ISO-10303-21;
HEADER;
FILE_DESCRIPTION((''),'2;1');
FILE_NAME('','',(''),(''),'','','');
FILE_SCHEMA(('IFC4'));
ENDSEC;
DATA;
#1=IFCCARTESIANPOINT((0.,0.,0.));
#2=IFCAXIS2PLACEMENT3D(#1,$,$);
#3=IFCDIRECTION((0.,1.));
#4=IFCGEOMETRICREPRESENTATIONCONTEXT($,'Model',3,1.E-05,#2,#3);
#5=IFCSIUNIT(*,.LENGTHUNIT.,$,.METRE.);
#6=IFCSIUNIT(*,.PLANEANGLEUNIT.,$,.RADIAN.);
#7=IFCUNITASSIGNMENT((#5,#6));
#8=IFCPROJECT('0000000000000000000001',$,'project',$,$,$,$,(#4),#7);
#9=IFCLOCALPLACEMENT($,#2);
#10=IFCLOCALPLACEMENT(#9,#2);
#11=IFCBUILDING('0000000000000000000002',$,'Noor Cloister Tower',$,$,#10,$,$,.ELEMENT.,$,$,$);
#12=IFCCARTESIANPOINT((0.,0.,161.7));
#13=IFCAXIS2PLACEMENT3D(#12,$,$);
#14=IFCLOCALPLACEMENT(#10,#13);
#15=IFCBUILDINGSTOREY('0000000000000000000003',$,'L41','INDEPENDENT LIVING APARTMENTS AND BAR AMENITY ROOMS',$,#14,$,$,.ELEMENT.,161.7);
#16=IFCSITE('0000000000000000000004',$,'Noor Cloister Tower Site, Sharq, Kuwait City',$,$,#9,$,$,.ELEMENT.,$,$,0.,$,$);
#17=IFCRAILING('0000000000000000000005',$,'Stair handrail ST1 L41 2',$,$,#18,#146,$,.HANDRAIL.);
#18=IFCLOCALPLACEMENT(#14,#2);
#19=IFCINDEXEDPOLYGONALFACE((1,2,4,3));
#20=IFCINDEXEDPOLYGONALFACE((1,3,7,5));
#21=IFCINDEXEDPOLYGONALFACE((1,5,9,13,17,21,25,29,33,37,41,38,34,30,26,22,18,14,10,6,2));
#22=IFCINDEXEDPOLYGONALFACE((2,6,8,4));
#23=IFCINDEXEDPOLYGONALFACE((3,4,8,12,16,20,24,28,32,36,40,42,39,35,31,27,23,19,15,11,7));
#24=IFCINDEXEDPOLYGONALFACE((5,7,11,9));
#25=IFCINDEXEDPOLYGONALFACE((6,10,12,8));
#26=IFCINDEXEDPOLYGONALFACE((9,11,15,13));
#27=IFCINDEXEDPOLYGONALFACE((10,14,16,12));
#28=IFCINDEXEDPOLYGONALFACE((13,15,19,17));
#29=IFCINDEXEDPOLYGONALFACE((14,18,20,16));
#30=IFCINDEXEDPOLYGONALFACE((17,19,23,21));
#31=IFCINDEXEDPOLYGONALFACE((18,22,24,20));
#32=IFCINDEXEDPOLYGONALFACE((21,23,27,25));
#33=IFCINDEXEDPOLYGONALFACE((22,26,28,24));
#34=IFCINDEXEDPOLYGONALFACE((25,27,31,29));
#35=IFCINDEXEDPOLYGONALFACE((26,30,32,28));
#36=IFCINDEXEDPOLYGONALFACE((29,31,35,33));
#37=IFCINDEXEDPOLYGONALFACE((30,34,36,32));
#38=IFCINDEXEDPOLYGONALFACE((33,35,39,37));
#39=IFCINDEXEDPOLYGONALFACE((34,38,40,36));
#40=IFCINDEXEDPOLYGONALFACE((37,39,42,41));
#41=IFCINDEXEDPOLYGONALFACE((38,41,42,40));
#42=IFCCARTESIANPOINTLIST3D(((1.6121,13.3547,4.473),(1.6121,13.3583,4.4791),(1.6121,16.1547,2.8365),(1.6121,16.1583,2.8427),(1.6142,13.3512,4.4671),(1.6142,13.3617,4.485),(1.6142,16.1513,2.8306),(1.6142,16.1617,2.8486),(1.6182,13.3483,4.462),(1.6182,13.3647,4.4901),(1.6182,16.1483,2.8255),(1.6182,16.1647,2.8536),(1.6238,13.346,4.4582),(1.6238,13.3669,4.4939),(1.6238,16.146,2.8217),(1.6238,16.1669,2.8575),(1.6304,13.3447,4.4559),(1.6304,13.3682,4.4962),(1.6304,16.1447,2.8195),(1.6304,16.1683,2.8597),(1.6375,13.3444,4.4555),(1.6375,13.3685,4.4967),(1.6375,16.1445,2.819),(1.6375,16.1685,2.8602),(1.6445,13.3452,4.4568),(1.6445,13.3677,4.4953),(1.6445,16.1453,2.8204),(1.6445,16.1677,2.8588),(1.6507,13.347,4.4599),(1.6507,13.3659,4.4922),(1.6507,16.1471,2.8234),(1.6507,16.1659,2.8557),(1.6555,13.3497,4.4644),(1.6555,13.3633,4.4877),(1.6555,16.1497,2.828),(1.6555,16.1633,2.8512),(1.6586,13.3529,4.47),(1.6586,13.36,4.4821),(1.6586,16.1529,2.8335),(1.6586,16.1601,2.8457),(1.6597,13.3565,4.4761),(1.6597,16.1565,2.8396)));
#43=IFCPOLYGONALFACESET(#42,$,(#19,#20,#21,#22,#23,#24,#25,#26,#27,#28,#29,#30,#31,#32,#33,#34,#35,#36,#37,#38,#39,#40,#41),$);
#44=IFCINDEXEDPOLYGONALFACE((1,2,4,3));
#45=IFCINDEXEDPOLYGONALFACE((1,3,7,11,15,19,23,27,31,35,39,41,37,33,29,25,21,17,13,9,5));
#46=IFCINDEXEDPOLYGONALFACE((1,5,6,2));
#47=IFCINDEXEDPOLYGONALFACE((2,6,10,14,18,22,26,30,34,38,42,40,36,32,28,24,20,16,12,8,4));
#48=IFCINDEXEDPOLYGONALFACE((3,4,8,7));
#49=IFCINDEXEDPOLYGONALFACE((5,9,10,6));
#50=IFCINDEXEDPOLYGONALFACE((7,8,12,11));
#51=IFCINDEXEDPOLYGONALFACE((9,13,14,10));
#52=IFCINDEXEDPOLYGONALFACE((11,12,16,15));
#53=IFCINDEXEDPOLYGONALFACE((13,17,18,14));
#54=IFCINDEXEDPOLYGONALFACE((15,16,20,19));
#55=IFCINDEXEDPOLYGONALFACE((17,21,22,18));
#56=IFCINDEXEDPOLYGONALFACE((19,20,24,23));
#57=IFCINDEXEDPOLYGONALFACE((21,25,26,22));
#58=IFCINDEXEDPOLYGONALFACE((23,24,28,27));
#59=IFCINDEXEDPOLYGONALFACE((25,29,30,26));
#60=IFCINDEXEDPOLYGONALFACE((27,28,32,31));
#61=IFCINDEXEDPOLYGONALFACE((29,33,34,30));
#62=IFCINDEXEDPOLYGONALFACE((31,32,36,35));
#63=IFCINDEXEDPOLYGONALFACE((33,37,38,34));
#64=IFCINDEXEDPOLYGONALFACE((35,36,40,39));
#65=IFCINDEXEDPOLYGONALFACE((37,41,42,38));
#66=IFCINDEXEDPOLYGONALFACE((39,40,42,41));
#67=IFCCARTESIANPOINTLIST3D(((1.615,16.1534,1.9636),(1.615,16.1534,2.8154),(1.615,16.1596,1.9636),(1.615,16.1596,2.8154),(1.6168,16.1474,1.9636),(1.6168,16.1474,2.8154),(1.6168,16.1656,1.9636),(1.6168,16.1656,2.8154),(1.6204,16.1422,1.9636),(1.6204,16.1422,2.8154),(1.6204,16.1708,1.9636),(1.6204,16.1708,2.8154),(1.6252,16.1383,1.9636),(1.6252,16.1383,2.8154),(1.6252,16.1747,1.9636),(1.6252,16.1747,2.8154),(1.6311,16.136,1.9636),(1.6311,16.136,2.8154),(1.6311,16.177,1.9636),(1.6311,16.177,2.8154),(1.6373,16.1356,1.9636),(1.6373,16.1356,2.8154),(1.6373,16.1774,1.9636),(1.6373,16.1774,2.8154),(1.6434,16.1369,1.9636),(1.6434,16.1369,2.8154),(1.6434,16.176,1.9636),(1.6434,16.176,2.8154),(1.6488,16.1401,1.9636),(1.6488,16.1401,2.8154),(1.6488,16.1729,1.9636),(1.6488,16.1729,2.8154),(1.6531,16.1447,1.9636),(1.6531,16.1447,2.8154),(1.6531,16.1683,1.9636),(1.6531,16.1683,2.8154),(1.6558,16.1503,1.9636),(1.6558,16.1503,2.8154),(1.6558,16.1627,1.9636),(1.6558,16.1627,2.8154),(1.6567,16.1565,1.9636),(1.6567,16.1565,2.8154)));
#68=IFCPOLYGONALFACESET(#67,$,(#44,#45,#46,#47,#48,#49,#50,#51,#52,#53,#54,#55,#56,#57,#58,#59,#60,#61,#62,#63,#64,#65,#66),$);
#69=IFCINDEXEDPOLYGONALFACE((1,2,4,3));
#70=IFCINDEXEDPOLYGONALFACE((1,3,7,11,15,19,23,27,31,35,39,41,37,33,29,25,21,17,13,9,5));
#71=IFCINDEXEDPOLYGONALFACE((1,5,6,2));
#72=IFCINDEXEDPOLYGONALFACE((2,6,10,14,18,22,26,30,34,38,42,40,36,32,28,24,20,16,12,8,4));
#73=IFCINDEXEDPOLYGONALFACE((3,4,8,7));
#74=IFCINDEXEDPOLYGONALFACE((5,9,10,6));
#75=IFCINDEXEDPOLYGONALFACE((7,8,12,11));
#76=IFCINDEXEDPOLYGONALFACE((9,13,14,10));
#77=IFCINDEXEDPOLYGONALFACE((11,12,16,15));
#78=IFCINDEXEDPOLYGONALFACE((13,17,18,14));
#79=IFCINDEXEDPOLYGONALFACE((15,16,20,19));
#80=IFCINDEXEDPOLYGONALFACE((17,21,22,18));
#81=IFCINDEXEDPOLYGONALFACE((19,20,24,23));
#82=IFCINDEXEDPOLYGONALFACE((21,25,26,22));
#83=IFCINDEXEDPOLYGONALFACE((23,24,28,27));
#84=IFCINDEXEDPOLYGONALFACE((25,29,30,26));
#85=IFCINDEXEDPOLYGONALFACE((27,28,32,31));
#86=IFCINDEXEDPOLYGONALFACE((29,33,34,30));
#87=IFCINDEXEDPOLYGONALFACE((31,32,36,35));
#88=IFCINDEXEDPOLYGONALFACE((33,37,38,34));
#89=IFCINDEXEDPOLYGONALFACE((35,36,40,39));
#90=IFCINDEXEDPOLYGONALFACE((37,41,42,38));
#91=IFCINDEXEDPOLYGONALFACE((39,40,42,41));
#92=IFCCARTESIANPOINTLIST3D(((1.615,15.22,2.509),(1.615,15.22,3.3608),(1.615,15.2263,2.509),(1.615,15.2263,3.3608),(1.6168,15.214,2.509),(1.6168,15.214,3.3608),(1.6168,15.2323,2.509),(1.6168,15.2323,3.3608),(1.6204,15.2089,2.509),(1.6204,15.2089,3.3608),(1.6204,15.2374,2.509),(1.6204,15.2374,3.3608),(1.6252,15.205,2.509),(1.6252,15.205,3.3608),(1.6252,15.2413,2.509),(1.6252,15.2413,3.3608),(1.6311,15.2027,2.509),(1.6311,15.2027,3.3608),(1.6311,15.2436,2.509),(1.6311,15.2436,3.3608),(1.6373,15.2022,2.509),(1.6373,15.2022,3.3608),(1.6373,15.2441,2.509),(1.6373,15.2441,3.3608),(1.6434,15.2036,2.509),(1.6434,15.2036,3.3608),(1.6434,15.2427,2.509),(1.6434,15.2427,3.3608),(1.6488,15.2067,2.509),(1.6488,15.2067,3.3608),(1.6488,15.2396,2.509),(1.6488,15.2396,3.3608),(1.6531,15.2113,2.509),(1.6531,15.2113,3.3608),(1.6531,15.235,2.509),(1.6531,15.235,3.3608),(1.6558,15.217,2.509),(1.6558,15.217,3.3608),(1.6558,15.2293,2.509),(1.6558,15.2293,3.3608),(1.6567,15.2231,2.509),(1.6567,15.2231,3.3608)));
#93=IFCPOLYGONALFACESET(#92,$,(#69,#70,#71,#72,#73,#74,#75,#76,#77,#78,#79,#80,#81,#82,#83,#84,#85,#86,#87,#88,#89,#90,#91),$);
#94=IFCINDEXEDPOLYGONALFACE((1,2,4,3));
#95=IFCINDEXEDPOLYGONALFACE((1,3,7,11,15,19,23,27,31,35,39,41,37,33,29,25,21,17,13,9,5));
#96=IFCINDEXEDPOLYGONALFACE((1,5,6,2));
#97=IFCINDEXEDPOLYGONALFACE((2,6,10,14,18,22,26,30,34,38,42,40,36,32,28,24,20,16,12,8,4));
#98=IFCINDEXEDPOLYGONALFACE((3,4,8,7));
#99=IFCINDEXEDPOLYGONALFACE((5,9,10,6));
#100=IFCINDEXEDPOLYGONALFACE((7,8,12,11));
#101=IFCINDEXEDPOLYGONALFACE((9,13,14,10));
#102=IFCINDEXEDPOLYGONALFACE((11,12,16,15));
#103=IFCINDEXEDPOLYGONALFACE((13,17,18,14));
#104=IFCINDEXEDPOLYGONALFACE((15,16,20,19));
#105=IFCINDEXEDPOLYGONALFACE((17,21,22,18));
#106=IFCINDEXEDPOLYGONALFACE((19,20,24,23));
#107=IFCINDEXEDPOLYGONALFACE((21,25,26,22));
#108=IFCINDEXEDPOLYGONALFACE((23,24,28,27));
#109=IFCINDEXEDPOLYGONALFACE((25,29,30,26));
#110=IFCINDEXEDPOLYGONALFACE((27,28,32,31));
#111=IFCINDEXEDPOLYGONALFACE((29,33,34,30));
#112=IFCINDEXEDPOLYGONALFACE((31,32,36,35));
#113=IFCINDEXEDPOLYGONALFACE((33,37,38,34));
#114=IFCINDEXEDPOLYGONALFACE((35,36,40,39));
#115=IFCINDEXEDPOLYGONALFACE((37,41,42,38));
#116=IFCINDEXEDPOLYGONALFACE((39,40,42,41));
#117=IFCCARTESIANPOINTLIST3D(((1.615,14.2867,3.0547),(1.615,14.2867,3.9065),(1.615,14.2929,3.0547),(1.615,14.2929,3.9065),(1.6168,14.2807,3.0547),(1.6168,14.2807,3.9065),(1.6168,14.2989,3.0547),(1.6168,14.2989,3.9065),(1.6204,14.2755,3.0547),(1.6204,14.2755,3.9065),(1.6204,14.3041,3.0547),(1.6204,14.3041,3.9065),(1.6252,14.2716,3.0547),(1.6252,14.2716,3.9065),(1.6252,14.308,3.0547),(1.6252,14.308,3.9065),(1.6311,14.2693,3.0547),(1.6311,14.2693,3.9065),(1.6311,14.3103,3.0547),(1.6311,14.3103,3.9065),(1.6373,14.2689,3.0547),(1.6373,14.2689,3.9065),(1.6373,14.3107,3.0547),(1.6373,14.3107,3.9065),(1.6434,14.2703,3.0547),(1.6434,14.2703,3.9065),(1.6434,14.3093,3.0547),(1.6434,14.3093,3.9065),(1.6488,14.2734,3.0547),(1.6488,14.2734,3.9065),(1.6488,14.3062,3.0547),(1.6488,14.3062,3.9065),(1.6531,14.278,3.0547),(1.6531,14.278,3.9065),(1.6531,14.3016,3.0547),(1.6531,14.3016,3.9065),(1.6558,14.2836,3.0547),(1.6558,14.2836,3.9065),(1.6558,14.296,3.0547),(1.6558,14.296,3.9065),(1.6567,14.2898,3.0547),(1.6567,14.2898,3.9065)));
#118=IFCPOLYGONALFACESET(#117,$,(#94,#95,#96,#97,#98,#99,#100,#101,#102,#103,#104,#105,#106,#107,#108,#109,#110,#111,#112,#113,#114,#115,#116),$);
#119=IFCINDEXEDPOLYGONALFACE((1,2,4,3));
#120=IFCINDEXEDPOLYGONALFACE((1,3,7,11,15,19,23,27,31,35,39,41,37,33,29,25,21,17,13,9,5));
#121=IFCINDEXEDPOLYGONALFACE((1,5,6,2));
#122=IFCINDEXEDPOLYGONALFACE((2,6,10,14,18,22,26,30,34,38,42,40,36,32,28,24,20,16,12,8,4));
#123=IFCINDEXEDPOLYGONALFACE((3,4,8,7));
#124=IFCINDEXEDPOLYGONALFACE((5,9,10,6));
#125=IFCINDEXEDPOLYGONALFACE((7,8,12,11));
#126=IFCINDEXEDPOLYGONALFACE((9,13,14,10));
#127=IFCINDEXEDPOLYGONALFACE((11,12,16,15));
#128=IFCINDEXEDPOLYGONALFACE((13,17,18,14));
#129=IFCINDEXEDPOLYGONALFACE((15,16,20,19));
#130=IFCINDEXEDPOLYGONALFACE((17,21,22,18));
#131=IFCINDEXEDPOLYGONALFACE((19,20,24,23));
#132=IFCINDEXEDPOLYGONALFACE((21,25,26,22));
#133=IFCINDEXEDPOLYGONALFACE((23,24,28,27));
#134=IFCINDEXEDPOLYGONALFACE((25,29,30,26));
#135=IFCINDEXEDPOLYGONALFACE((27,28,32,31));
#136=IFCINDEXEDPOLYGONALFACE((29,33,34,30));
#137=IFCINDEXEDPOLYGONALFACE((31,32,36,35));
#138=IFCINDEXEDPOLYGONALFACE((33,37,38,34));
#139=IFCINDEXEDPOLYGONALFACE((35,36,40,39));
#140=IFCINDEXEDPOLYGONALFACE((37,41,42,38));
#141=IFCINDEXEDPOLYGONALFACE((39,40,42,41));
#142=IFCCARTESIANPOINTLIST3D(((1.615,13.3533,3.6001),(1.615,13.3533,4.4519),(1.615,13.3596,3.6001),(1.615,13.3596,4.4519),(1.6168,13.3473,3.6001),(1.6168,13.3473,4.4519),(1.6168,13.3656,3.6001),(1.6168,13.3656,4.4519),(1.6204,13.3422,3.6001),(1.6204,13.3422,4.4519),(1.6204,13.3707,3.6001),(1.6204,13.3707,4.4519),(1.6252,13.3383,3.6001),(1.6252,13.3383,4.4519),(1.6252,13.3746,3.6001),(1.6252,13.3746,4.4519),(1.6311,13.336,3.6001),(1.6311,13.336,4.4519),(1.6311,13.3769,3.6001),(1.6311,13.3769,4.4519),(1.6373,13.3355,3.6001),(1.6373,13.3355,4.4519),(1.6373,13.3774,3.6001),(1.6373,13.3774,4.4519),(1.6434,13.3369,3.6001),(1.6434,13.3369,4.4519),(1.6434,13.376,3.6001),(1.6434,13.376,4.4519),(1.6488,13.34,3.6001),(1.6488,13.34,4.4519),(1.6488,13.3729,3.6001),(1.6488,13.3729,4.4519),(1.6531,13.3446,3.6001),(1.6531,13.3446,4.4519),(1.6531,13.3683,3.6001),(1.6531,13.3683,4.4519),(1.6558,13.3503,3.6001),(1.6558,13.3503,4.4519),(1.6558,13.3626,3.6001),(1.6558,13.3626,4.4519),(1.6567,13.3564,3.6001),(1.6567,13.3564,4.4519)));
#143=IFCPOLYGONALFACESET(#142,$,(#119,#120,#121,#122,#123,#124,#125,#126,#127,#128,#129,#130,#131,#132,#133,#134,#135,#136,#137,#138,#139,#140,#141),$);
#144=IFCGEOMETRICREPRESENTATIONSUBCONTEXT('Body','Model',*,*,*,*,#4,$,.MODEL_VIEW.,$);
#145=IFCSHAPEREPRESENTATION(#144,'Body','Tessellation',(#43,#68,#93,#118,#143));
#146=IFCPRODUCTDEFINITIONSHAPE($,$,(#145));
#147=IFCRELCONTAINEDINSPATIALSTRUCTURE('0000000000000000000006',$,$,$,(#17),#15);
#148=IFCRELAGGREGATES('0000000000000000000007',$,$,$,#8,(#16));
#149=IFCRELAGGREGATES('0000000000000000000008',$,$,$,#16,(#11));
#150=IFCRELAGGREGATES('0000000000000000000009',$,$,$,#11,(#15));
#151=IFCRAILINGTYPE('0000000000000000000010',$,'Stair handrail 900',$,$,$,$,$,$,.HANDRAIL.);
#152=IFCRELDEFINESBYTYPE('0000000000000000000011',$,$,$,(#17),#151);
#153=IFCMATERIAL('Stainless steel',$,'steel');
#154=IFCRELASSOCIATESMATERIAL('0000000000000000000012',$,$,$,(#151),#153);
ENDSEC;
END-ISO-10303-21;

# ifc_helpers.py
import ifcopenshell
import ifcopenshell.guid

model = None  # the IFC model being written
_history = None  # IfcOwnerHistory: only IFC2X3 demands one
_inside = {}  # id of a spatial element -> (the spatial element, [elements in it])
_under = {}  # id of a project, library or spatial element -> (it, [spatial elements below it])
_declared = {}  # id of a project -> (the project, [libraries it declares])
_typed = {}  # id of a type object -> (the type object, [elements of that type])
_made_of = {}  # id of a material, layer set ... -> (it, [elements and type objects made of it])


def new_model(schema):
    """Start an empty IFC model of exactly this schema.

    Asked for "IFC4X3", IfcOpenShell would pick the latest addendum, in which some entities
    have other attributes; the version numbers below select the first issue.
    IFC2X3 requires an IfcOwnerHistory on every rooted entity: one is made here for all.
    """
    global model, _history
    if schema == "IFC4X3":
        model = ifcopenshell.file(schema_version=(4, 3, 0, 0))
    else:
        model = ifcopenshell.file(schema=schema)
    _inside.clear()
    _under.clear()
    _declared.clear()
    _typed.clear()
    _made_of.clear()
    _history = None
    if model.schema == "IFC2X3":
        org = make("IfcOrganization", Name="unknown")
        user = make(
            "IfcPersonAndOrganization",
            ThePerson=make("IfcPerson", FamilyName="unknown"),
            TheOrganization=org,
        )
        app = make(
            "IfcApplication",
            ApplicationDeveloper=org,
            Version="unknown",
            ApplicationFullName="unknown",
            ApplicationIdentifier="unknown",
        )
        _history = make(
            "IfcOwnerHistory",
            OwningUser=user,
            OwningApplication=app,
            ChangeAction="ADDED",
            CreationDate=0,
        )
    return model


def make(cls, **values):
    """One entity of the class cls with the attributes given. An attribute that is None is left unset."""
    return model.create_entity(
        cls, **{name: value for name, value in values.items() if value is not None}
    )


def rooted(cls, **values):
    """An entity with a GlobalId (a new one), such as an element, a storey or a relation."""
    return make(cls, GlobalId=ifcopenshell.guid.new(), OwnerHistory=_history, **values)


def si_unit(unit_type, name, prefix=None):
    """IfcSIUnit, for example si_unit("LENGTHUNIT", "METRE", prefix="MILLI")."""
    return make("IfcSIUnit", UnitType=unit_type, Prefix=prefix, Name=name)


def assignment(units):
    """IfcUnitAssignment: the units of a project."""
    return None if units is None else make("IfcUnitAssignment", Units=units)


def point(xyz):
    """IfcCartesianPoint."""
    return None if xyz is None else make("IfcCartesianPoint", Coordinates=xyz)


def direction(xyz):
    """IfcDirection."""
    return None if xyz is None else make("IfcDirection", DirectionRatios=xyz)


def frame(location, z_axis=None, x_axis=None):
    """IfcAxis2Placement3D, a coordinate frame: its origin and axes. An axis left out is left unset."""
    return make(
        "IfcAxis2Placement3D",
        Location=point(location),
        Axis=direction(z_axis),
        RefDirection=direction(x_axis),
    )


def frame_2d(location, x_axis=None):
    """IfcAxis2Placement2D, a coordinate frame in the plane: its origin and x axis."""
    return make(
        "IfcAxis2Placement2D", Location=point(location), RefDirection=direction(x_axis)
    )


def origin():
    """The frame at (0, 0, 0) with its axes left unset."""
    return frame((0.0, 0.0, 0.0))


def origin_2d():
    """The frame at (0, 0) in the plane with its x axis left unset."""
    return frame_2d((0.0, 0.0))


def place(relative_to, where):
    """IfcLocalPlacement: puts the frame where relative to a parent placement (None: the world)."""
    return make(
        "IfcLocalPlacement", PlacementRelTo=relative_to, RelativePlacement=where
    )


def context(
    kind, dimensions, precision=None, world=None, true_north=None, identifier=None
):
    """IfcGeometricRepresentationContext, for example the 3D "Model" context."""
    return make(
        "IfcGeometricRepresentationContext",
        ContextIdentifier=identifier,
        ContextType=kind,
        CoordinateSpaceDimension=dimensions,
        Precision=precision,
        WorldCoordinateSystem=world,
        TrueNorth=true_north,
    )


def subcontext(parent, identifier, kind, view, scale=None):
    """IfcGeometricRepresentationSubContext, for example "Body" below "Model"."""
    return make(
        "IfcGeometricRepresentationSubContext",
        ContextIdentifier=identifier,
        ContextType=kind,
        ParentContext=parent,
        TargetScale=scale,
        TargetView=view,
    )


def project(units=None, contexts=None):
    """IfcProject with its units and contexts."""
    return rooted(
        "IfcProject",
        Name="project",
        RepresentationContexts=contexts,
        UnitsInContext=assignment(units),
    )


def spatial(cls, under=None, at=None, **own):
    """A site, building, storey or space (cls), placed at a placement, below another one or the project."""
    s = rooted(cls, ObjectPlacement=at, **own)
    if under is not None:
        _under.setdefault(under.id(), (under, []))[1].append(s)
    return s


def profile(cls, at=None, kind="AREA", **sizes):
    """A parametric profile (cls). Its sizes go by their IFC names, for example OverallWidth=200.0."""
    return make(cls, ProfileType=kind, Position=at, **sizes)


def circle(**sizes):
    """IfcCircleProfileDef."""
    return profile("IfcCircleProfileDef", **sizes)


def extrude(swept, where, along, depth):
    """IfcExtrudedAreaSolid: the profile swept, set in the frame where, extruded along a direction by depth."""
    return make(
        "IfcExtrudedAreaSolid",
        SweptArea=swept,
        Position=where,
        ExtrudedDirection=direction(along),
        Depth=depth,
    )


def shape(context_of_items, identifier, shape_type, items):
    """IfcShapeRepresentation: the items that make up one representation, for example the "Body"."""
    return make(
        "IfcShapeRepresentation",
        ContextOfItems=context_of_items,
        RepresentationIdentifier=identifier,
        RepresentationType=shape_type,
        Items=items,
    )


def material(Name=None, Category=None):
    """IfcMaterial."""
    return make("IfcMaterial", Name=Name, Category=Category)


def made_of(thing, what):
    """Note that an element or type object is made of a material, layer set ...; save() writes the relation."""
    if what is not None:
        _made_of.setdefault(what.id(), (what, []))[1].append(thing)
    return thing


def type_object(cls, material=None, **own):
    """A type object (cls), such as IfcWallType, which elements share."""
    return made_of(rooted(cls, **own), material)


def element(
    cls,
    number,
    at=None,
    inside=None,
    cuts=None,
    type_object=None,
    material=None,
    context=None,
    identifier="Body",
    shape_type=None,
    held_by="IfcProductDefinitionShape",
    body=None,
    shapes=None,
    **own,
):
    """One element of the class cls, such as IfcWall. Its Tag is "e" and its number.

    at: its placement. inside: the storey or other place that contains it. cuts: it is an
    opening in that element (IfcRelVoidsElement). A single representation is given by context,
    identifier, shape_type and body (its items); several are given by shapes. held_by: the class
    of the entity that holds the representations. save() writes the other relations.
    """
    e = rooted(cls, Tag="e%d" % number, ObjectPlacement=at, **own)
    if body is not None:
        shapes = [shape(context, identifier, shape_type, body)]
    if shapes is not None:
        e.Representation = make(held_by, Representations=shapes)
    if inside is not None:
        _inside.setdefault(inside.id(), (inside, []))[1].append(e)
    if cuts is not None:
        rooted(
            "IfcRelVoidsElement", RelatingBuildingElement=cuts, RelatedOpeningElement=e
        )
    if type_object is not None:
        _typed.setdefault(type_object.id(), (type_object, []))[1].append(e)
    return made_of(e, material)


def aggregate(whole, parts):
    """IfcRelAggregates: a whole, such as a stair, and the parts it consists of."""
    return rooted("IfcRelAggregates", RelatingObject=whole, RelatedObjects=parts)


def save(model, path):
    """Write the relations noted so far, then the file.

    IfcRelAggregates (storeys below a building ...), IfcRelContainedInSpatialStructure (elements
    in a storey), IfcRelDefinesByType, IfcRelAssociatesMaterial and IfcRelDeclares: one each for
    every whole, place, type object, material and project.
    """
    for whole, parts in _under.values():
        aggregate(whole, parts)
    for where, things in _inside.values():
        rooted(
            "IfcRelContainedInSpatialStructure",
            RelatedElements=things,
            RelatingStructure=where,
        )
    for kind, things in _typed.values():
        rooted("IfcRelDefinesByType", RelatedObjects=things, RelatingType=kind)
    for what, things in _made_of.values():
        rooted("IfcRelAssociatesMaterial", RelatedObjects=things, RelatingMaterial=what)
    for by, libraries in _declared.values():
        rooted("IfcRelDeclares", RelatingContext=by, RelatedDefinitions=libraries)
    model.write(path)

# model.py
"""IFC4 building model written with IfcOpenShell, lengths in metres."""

from ifc_helpers import new_model, si_unit, direction, frame, origin, origin_2d, place, context, subcontext, project, spatial, circle, extrude, material, type_object, element, save


model = new_model("IFC4")

# Units and contexts
model_context = context("Model", 3, precision=1e-05, world=origin(), true_north=direction((0.0, 1.0)))
body_context = subcontext(model_context, "Body", "Model", "MODEL_VIEW")
ifc_project = project(units=[si_unit("LENGTHUNIT", "METRE"), si_unit("PLANEANGLEUNIT", "RADIAN")], contexts=[model_context])

# Site, building, storey
site_placement = place(None, origin())
site = spatial("IfcSite", under=ifc_project, at=site_placement, Name="Noor Cloister Tower Site, Sharq, Kuwait City", CompositionType="ELEMENT", RefElevation=0.0)
building_placement = place(site_placement, origin())
building = spatial("IfcBuilding", under=site, at=building_placement, Name="Noor Cloister Tower", CompositionType="ELEMENT")
storey_placement = place(building_placement, frame((0.0, 0.0, 161.7)))
storey = spatial("IfcBuildingStorey", under=building, at=storey_placement, Name="L41", Description="INDEPENDENT LIVING APARTMENTS AND BAR AMENITY ROOMS", CompositionType="ELEMENT", Elevation=161.7)

# Railing
ifc_material_1 = material(Name="Stainless steel", Category="steel")
railing_type_1 = type_object("IfcRailingType", Name="Stair handrail 900", PredefinedType="HANDRAIL", material=ifc_material_1)
railing_1_placement = place(storey_placement, frame((1.6357, 16.1565, 1.9636)))
element("IfcRailing", 1, at=railing_1_placement, inside=storey, type_object=railing_type_1, Name="Stair handrail ST1 L41 2", PredefinedType="HANDRAIL", context=body_context, shape_type="SweptSolid", body=[
    extrude(circle(Radius=0.0239, at=origin_2d()), frame((0.0, 0.0, 0.876), z_axis=(0.0, -0.863361, 0.504587), x_axis=(1.0, 0.0, 0.0)), (0.0, 0.0, 1.0), 3.2432),
    extrude(circle(Radius=0.021, at=origin_2d()), origin(), (0.0, 0.0, 1.0), 0.8518),
    extrude(circle(Radius=0.021, at=origin_2d()), frame((0.0, -0.9333, 0.5454)), (0.0, 0.0, 1.0), 0.8518),
    extrude(circle(Radius=0.021, at=origin_2d()), frame((0.0, -1.8667, 1.0911)), (0.0, 0.0, 1.0), 0.8518),
    extrude(circle(Radius=0.021, at=origin_2d()), frame((0.0, -2.8, 1.6365)), (0.0, 0.0, 1.0), 0.8518),
])

save(model, "model.ifc")
